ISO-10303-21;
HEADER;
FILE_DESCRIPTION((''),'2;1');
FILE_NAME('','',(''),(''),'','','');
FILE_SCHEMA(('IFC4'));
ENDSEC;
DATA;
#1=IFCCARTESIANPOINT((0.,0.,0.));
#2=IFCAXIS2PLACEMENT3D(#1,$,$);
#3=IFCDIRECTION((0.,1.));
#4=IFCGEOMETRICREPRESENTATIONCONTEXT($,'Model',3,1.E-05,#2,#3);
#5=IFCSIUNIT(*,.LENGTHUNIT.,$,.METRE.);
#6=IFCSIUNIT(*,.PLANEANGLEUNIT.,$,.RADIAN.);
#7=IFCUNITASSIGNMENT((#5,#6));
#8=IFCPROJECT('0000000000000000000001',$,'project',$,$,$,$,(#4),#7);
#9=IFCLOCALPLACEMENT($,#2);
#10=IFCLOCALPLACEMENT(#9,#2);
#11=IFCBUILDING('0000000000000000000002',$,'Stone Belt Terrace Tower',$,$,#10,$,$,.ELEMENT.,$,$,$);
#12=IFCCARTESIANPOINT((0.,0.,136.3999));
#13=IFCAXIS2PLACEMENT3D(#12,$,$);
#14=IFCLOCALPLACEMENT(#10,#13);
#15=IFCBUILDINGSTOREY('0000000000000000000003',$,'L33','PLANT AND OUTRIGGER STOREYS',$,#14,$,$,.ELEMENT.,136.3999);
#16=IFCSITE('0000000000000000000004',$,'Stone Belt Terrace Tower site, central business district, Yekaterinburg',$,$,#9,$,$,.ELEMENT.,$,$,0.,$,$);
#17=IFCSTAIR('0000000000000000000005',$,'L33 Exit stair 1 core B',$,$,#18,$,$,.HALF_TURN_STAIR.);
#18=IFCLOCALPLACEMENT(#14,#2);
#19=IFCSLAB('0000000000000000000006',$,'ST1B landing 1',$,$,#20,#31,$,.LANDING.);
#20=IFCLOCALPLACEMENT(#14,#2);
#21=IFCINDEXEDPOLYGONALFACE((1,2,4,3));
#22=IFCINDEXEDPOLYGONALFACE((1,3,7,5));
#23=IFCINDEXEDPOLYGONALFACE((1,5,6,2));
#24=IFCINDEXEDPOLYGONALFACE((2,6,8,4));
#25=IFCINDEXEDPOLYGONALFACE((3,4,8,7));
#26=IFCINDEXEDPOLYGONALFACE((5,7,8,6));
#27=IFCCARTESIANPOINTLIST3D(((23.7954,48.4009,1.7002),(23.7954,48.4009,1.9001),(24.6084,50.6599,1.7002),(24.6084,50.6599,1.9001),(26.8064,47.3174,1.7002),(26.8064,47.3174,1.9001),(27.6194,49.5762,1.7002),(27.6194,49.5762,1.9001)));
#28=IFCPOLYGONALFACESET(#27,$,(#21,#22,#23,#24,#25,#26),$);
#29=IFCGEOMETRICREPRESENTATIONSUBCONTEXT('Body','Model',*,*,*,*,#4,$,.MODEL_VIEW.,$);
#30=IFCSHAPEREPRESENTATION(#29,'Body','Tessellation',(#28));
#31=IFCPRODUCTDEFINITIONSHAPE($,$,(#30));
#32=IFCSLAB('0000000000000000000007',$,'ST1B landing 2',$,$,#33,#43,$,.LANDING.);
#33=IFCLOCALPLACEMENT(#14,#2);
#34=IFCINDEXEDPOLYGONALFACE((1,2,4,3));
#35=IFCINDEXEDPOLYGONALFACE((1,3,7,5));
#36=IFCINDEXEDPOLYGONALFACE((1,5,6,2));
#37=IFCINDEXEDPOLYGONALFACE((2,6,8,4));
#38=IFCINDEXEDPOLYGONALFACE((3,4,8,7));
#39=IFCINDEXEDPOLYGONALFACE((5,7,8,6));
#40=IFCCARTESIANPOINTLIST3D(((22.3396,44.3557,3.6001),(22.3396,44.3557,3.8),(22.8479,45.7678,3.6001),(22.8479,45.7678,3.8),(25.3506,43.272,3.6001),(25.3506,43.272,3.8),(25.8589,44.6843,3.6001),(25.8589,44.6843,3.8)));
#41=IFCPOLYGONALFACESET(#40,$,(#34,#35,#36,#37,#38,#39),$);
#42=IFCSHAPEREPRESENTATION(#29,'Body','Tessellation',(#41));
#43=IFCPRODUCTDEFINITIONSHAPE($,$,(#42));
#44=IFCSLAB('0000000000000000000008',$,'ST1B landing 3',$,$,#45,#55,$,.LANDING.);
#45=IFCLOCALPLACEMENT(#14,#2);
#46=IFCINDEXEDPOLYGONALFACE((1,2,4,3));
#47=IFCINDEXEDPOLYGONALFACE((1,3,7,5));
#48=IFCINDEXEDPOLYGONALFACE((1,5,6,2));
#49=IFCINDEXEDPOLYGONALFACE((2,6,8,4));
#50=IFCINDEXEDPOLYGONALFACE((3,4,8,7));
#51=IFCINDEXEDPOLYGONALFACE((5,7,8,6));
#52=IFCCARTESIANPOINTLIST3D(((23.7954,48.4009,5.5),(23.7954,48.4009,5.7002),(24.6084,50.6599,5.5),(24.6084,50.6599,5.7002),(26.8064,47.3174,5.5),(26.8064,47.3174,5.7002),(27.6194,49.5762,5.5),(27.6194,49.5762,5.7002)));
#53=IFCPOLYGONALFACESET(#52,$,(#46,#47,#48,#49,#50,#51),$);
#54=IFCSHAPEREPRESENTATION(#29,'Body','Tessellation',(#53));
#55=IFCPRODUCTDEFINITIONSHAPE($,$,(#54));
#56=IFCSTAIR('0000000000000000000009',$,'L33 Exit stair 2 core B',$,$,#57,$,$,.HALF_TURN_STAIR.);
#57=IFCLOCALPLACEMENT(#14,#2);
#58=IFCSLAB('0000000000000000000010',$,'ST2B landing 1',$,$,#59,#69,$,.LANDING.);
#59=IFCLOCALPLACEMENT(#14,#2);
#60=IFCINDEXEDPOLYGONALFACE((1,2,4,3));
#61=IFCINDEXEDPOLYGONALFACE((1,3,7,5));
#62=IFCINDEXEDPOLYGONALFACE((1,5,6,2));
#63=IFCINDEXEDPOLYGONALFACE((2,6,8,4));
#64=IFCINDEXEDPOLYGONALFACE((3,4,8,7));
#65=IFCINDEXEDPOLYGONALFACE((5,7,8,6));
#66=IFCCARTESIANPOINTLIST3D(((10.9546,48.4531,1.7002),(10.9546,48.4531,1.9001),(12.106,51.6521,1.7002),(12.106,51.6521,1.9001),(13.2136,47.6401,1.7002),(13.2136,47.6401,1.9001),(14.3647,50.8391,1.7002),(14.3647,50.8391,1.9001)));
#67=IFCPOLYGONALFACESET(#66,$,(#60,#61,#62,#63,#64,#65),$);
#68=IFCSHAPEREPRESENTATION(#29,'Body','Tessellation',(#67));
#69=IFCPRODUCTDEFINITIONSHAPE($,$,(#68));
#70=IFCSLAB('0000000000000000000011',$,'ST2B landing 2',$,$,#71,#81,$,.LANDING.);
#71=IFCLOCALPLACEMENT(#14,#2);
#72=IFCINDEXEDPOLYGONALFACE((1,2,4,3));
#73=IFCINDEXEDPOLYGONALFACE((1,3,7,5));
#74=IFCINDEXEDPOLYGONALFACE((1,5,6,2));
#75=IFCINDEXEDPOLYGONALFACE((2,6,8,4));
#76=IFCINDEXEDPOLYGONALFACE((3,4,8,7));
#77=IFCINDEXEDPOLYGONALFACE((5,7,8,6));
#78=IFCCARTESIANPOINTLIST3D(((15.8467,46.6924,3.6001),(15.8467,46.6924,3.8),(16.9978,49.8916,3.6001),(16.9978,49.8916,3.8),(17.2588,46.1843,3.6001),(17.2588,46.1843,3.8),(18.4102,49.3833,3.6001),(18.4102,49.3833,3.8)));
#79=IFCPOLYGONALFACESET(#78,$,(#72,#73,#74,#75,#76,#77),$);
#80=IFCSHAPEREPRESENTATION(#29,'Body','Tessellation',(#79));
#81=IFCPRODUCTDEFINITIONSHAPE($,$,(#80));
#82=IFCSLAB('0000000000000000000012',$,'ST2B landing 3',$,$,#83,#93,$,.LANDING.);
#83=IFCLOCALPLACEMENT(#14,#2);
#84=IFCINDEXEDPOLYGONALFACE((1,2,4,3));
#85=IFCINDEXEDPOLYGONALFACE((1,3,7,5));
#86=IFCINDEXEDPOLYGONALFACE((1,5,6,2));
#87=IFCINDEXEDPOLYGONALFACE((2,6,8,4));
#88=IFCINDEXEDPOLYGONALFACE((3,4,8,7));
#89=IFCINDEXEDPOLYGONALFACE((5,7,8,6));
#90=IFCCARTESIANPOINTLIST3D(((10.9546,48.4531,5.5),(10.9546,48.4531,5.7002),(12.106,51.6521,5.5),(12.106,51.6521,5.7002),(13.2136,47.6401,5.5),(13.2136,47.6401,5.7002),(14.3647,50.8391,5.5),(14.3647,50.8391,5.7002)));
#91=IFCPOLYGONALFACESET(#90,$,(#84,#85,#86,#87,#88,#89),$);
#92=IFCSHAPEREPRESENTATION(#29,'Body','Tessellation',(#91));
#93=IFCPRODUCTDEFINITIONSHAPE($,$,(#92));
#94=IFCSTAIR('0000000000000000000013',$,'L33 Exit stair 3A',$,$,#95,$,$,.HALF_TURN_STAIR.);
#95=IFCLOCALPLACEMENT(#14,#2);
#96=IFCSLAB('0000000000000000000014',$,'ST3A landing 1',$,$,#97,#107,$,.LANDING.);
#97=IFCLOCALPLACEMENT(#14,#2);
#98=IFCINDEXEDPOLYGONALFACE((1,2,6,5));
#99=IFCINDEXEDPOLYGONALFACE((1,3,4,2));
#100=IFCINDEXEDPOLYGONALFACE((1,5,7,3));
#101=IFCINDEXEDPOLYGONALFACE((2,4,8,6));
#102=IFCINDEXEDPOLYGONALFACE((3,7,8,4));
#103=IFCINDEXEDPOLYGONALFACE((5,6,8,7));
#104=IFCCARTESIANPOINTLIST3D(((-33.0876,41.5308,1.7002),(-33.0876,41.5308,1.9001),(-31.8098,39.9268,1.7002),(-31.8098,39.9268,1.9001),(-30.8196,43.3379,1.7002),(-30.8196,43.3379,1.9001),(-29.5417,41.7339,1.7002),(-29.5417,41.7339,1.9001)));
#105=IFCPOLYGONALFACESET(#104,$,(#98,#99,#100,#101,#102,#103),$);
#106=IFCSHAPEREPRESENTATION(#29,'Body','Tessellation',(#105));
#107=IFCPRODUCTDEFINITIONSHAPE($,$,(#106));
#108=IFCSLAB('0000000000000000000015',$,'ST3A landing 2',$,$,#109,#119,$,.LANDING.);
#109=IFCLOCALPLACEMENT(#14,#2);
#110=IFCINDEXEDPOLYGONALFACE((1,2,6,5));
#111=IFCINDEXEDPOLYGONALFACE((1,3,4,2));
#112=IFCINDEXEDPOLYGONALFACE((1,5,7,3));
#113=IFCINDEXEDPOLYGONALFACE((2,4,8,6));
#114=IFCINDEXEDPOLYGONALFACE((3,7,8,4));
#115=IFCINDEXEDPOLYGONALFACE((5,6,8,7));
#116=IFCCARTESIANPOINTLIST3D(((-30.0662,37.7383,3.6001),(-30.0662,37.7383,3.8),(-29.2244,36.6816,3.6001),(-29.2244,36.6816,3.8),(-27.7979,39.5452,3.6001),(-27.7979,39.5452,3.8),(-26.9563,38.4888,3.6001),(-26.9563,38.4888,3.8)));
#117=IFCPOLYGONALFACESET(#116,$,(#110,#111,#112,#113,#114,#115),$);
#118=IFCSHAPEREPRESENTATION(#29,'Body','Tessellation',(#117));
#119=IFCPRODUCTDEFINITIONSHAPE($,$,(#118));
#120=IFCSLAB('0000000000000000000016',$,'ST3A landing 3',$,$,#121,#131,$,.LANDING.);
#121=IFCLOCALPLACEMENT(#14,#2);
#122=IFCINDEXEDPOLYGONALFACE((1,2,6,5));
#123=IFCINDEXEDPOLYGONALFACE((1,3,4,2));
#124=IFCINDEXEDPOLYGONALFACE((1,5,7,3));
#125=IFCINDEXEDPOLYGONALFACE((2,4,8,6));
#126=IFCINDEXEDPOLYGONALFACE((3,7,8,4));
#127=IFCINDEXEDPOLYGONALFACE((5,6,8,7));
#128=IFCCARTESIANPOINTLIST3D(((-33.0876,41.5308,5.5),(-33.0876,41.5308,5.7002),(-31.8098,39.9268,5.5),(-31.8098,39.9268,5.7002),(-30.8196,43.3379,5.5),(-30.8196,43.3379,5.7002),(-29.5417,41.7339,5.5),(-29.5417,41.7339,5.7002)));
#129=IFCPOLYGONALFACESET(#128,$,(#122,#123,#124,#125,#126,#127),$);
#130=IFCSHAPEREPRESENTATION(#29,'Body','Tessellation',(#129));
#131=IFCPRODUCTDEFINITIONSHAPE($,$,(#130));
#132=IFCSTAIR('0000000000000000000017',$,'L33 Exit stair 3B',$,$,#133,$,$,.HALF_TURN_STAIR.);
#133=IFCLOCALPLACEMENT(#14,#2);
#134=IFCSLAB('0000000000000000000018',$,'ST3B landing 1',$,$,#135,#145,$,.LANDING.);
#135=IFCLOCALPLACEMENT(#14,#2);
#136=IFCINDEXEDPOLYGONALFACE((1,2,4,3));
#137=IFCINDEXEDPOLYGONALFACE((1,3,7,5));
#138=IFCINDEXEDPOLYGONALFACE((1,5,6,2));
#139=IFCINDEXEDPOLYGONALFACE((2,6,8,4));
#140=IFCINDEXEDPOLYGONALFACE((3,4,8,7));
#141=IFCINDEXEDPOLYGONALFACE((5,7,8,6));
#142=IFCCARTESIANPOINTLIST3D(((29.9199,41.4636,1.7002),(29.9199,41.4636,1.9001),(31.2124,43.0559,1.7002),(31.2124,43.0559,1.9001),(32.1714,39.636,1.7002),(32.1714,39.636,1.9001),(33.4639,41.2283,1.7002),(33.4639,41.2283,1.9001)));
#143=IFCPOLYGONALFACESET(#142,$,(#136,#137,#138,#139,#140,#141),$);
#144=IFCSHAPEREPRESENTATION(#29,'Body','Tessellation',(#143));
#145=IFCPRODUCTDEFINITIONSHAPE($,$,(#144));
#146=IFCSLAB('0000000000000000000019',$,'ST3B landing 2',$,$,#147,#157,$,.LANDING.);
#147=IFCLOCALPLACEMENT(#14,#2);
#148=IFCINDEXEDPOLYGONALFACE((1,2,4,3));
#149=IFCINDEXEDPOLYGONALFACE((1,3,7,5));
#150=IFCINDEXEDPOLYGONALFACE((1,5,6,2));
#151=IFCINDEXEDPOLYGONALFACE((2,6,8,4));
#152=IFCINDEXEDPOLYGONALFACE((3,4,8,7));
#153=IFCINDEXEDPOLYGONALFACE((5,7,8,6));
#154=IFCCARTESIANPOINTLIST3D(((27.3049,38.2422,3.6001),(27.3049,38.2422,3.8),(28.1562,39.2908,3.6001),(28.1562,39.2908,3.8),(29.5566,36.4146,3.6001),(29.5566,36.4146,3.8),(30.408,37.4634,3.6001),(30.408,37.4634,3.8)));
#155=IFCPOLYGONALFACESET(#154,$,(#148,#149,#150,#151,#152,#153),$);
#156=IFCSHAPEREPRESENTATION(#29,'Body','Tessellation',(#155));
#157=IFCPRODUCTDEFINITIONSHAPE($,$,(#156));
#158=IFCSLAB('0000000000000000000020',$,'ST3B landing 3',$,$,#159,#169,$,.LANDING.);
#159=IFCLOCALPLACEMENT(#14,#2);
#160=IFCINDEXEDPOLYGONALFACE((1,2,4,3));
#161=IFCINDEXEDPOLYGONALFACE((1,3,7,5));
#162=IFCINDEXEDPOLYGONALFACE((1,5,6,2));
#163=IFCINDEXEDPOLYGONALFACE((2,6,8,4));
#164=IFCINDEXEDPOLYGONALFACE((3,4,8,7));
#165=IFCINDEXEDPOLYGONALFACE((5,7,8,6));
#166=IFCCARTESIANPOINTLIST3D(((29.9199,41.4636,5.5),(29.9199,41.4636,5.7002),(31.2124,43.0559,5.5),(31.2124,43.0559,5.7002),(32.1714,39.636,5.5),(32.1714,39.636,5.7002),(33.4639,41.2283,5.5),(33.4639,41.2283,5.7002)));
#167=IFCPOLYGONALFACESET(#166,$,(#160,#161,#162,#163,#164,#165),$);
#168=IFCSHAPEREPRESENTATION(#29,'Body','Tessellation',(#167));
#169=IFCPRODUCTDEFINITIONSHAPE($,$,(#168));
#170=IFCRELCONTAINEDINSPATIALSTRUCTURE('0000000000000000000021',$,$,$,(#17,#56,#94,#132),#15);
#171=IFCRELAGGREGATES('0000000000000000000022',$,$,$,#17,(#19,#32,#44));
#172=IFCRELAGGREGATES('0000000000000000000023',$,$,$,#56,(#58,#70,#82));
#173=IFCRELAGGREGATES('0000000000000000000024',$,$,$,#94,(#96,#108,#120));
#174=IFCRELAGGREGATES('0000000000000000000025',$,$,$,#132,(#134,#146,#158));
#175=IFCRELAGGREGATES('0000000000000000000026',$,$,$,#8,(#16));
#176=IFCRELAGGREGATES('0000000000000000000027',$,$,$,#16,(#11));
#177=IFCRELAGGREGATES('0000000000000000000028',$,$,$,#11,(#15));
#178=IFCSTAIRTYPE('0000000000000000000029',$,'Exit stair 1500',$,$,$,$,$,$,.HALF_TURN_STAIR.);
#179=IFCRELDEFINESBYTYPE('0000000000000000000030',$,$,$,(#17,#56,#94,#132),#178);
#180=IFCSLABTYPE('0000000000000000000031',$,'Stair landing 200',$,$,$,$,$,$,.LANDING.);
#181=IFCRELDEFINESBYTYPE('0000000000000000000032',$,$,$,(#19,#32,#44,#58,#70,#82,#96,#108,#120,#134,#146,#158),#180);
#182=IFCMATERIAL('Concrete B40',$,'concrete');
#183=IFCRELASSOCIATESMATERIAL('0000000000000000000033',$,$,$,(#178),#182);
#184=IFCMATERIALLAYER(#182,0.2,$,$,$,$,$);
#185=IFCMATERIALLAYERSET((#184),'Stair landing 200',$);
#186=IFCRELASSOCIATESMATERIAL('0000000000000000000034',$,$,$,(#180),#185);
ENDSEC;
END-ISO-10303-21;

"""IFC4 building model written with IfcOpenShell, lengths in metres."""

from ifc_helpers import new_model, si_unit, direction, frame, origin, place, context, subcontext, project, spatial, polyline, outline, extrude, material, layer, layer_set, type_object, element, aggregate, save


model = new_model("IFC4")

# Units and contexts
model_context = context("Model", 3, precision=1e-05, world=origin(), true_north=direction((0.0, 1.0)))
body_context = subcontext(model_context, "Body", "Model", "MODEL_VIEW")
ifc_project = project(units=[si_unit("LENGTHUNIT", "METRE"), si_unit("PLANEANGLEUNIT", "RADIAN")], contexts=[model_context])

# Site, building, storey
site_placement = place(None, origin())
site = spatial("IfcSite", under=ifc_project, at=site_placement, Name="Stone Belt Terrace Tower site, central business district, Yekaterinburg", CompositionType="ELEMENT", RefElevation=0.0)
building_placement = place(site_placement, origin())
building = spatial("IfcBuilding", under=site, at=building_placement, Name="Stone Belt Terrace Tower", CompositionType="ELEMENT")
storey_placement = place(building_placement, frame((0.0, 0.0, 136.3999)))
storey = spatial("IfcBuildingStorey", under=building, at=storey_placement, Name="L33", Description="PLANT AND OUTRIGGER STOREYS", CompositionType="ELEMENT", Elevation=136.3999)

# Shared definitions
ifc_material = material(Name="Concrete B40", Category="concrete")

# Stairs, slabs
stair_type = type_object("IfcStairType", Name="Exit stair 1500", PredefinedType="HALF_TURN_STAIR", material=ifc_material)
ifc_layer_1 = layer(ifc_material, 0.2)
ifc_layer_set_1 = layer_set([ifc_layer_1], Name="Stair landing 200")
slab_type_1 = type_object("IfcSlabType", Name="Stair landing 200", PredefinedType="LANDING", material=ifc_layer_set_1)
stair_1_placement = place(storey_placement, origin())
stair_1 = element("IfcStair", 1, at=stair_1_placement, inside=storey, type_object=stair_type, Name="L33 Exit stair 1 core B", PredefinedType="HALF_TURN_STAIR")
slab_1_placement = place(storey_placement, frame((0.0, 0.0, 1.7002)))
slab_1 = element("IfcSlab", 2, at=slab_1_placement, type_object=slab_type_1, Name="ST1B landing 1", PredefinedType="LANDING", context=body_context, shape_type="SweptSolid", body=[
    extrude(outline(polyline([(26.8064, 47.3174), (27.6194, 49.5762), (24.6084, 50.6599), (23.7954, 48.4009), (26.8064, 47.3174)])), origin(), (0.0, 0.0, 1.0), 0.2),
])
slab_2_placement = place(storey_placement, frame((0.0, 0.0, 3.6001)))
slab_2 = element("IfcSlab", 3, at=slab_2_placement, type_object=slab_type_1, Name="ST1B landing 2", PredefinedType="LANDING", context=body_context, shape_type="SweptSolid", body=[
    extrude(outline(polyline([(25.3506, 43.272), (25.8589, 44.6843), (22.8479, 45.7678), (22.3396, 44.3557), (25.3506, 43.272)])), origin(), (0.0, 0.0, 1.0), 0.2),
])
slab_3_placement = place(storey_placement, frame((0.0, 0.0, 5.5)))
slab_3 = element("IfcSlab", 4, at=slab_3_placement, type_object=slab_type_1, Name="ST1B landing 3", PredefinedType="LANDING", context=body_context, shape_type="SweptSolid", body=[
    extrude(outline(polyline([(26.8064, 47.3174), (27.6194, 49.5762), (24.6084, 50.6599), (23.7954, 48.4009), (26.8064, 47.3174)])), origin(), (0.0, 0.0, 1.0), 0.2002),
])
aggregate(stair_1, [slab_1, slab_2, slab_3])
stair_2_placement = place(storey_placement, origin())
stair_2 = element("IfcStair", 5, at=stair_2_placement, inside=storey, type_object=stair_type, Name="L33 Exit stair 2 core B", PredefinedType="HALF_TURN_STAIR")
slab_4_placement = place(storey_placement, frame((0.0, 0.0, 1.7002)))
slab_4 = element("IfcSlab", 6, at=slab_4_placement, type_object=slab_type_1, Name="ST2B landing 1", PredefinedType="LANDING", context=body_context, shape_type="SweptSolid", body=[
    extrude(outline(polyline([(14.3647, 50.8391), (12.106, 51.6521), (10.9546, 48.4531), (13.2136, 47.6401), (14.3647, 50.8391)])), origin(), (0.0, 0.0, 1.0), 0.2),
])
slab_5_placement = place(storey_placement, frame((0.0, 0.0, 3.6001)))
slab_5 = element("IfcSlab", 7, at=slab_5_placement, type_object=slab_type_1, Name="ST2B landing 2", PredefinedType="LANDING", context=body_context, shape_type="SweptSolid", body=[
    extrude(outline(polyline([(18.4102, 49.3833), (16.9978, 49.8916), (15.8467, 46.6924), (17.2588, 46.1843), (18.4102, 49.3833)])), origin(), (0.0, 0.0, 1.0), 0.2),
])
slab_6_placement = place(storey_placement, frame((0.0, 0.0, 5.5)))
slab_6 = element("IfcSlab", 8, at=slab_6_placement, type_object=slab_type_1, Name="ST2B landing 3", PredefinedType="LANDING", context=body_context, shape_type="SweptSolid", body=[
    extrude(outline(polyline([(14.3647, 50.8391), (12.106, 51.6521), (10.9546, 48.4531), (13.2136, 47.6401), (14.3647, 50.8391)])), origin(), (0.0, 0.0, 1.0), 0.2002),
])
aggregate(stair_2, [slab_4, slab_5, slab_6])
stair_3_placement = place(storey_placement, origin())
stair_3 = element("IfcStair", 9, at=stair_3_placement, inside=storey, type_object=stair_type, Name="L33 Exit stair 3A", PredefinedType="HALF_TURN_STAIR")
slab_7_placement = place(storey_placement, frame((0.0, 0.0, 1.7002)))
slab_7 = element("IfcSlab", 10, at=slab_7_placement, type_object=slab_type_1, Name="ST3A landing 1", PredefinedType="LANDING", context=body_context, shape_type="SweptSolid", body=[
    extrude(outline(polyline([(-29.5417, 41.7339), (-30.8196, 43.3379), (-33.0876, 41.5308), (-31.8098, 39.9268), (-29.5417, 41.7339)])), origin(), (0.0, 0.0, 1.0), 0.2),
])
slab_8_placement = place(storey_placement, frame((0.0, 0.0, 3.6001)))
slab_8 = element("IfcSlab", 11, at=slab_8_placement, type_object=slab_type_1, Name="ST3A landing 2", PredefinedType="LANDING", context=body_context, shape_type="SweptSolid", body=[
    extrude(outline(polyline([(-26.9563, 38.4888), (-27.7979, 39.5452), (-30.0662, 37.7383), (-29.2244, 36.6816), (-26.9563, 38.4888)])), origin(), (0.0, 0.0, 1.0), 0.2),
])
slab_9_placement = place(storey_placement, frame((0.0, 0.0, 5.5)))
slab_9 = element("IfcSlab", 12, at=slab_9_placement, type_object=slab_type_1, Name="ST3A landing 3", PredefinedType="LANDING", context=body_context, shape_type="SweptSolid", body=[
    extrude(outline(polyline([(-29.5417, 41.7339), (-30.8196, 43.3379), (-33.0876, 41.5308), (-31.8098, 39.9268), (-29.5417, 41.7339)])), origin(), (0.0, 0.0, 1.0), 0.2002),
])
aggregate(stair_3, [slab_7, slab_8, slab_9])
stair_4_placement = place(storey_placement, origin())
stair_4 = element("IfcStair", 13, at=stair_4_placement, inside=storey, type_object=stair_type, Name="L33 Exit stair 3B", PredefinedType="HALF_TURN_STAIR")
slab_10_placement = place(storey_placement, frame((0.0, 0.0, 1.7002)))
slab_10 = element("IfcSlab", 14, at=slab_10_placement, type_object=slab_type_1, Name="ST3B landing 1", PredefinedType="LANDING", context=body_context, shape_type="SweptSolid", body=[
    extrude(outline(polyline([(32.1714, 39.636), (33.4639, 41.2283), (31.2124, 43.0559), (29.9199, 41.4636), (32.1714, 39.636)])), origin(), (0.0, 0.0, 1.0), 0.2),
])
slab_11_placement = place(storey_placement, frame((0.0, 0.0, 3.6001)))
slab_11 = element("IfcSlab", 15, at=slab_11_placement, type_object=slab_type_1, Name="ST3B landing 2", PredefinedType="LANDING", context=body_context, shape_type="SweptSolid", body=[
    extrude(outline(polyline([(29.5566, 36.4146), (30.408, 37.4634), (28.1562, 39.2908), (27.3049, 38.2422), (29.5566, 36.4146)])), origin(), (0.0, 0.0, 1.0), 0.2),
])
slab_12_placement = place(storey_placement, frame((0.0, 0.0, 5.5)))
slab_12 = element("IfcSlab", 16, at=slab_12_placement, type_object=slab_type_1, Name="ST3B landing 3", PredefinedType="LANDING", context=body_context, shape_type="SweptSolid", body=[
    extrude(outline(polyline([(32.1714, 39.636), (33.4639, 41.2283), (31.2124, 43.0559), (29.9199, 41.4636), (32.1714, 39.636)])), origin(), (0.0, 0.0, 1.0), 0.2002),
])
aggregate(stair_4, [slab_10, slab_11, slab_12])

save(model, "model.ifc")
